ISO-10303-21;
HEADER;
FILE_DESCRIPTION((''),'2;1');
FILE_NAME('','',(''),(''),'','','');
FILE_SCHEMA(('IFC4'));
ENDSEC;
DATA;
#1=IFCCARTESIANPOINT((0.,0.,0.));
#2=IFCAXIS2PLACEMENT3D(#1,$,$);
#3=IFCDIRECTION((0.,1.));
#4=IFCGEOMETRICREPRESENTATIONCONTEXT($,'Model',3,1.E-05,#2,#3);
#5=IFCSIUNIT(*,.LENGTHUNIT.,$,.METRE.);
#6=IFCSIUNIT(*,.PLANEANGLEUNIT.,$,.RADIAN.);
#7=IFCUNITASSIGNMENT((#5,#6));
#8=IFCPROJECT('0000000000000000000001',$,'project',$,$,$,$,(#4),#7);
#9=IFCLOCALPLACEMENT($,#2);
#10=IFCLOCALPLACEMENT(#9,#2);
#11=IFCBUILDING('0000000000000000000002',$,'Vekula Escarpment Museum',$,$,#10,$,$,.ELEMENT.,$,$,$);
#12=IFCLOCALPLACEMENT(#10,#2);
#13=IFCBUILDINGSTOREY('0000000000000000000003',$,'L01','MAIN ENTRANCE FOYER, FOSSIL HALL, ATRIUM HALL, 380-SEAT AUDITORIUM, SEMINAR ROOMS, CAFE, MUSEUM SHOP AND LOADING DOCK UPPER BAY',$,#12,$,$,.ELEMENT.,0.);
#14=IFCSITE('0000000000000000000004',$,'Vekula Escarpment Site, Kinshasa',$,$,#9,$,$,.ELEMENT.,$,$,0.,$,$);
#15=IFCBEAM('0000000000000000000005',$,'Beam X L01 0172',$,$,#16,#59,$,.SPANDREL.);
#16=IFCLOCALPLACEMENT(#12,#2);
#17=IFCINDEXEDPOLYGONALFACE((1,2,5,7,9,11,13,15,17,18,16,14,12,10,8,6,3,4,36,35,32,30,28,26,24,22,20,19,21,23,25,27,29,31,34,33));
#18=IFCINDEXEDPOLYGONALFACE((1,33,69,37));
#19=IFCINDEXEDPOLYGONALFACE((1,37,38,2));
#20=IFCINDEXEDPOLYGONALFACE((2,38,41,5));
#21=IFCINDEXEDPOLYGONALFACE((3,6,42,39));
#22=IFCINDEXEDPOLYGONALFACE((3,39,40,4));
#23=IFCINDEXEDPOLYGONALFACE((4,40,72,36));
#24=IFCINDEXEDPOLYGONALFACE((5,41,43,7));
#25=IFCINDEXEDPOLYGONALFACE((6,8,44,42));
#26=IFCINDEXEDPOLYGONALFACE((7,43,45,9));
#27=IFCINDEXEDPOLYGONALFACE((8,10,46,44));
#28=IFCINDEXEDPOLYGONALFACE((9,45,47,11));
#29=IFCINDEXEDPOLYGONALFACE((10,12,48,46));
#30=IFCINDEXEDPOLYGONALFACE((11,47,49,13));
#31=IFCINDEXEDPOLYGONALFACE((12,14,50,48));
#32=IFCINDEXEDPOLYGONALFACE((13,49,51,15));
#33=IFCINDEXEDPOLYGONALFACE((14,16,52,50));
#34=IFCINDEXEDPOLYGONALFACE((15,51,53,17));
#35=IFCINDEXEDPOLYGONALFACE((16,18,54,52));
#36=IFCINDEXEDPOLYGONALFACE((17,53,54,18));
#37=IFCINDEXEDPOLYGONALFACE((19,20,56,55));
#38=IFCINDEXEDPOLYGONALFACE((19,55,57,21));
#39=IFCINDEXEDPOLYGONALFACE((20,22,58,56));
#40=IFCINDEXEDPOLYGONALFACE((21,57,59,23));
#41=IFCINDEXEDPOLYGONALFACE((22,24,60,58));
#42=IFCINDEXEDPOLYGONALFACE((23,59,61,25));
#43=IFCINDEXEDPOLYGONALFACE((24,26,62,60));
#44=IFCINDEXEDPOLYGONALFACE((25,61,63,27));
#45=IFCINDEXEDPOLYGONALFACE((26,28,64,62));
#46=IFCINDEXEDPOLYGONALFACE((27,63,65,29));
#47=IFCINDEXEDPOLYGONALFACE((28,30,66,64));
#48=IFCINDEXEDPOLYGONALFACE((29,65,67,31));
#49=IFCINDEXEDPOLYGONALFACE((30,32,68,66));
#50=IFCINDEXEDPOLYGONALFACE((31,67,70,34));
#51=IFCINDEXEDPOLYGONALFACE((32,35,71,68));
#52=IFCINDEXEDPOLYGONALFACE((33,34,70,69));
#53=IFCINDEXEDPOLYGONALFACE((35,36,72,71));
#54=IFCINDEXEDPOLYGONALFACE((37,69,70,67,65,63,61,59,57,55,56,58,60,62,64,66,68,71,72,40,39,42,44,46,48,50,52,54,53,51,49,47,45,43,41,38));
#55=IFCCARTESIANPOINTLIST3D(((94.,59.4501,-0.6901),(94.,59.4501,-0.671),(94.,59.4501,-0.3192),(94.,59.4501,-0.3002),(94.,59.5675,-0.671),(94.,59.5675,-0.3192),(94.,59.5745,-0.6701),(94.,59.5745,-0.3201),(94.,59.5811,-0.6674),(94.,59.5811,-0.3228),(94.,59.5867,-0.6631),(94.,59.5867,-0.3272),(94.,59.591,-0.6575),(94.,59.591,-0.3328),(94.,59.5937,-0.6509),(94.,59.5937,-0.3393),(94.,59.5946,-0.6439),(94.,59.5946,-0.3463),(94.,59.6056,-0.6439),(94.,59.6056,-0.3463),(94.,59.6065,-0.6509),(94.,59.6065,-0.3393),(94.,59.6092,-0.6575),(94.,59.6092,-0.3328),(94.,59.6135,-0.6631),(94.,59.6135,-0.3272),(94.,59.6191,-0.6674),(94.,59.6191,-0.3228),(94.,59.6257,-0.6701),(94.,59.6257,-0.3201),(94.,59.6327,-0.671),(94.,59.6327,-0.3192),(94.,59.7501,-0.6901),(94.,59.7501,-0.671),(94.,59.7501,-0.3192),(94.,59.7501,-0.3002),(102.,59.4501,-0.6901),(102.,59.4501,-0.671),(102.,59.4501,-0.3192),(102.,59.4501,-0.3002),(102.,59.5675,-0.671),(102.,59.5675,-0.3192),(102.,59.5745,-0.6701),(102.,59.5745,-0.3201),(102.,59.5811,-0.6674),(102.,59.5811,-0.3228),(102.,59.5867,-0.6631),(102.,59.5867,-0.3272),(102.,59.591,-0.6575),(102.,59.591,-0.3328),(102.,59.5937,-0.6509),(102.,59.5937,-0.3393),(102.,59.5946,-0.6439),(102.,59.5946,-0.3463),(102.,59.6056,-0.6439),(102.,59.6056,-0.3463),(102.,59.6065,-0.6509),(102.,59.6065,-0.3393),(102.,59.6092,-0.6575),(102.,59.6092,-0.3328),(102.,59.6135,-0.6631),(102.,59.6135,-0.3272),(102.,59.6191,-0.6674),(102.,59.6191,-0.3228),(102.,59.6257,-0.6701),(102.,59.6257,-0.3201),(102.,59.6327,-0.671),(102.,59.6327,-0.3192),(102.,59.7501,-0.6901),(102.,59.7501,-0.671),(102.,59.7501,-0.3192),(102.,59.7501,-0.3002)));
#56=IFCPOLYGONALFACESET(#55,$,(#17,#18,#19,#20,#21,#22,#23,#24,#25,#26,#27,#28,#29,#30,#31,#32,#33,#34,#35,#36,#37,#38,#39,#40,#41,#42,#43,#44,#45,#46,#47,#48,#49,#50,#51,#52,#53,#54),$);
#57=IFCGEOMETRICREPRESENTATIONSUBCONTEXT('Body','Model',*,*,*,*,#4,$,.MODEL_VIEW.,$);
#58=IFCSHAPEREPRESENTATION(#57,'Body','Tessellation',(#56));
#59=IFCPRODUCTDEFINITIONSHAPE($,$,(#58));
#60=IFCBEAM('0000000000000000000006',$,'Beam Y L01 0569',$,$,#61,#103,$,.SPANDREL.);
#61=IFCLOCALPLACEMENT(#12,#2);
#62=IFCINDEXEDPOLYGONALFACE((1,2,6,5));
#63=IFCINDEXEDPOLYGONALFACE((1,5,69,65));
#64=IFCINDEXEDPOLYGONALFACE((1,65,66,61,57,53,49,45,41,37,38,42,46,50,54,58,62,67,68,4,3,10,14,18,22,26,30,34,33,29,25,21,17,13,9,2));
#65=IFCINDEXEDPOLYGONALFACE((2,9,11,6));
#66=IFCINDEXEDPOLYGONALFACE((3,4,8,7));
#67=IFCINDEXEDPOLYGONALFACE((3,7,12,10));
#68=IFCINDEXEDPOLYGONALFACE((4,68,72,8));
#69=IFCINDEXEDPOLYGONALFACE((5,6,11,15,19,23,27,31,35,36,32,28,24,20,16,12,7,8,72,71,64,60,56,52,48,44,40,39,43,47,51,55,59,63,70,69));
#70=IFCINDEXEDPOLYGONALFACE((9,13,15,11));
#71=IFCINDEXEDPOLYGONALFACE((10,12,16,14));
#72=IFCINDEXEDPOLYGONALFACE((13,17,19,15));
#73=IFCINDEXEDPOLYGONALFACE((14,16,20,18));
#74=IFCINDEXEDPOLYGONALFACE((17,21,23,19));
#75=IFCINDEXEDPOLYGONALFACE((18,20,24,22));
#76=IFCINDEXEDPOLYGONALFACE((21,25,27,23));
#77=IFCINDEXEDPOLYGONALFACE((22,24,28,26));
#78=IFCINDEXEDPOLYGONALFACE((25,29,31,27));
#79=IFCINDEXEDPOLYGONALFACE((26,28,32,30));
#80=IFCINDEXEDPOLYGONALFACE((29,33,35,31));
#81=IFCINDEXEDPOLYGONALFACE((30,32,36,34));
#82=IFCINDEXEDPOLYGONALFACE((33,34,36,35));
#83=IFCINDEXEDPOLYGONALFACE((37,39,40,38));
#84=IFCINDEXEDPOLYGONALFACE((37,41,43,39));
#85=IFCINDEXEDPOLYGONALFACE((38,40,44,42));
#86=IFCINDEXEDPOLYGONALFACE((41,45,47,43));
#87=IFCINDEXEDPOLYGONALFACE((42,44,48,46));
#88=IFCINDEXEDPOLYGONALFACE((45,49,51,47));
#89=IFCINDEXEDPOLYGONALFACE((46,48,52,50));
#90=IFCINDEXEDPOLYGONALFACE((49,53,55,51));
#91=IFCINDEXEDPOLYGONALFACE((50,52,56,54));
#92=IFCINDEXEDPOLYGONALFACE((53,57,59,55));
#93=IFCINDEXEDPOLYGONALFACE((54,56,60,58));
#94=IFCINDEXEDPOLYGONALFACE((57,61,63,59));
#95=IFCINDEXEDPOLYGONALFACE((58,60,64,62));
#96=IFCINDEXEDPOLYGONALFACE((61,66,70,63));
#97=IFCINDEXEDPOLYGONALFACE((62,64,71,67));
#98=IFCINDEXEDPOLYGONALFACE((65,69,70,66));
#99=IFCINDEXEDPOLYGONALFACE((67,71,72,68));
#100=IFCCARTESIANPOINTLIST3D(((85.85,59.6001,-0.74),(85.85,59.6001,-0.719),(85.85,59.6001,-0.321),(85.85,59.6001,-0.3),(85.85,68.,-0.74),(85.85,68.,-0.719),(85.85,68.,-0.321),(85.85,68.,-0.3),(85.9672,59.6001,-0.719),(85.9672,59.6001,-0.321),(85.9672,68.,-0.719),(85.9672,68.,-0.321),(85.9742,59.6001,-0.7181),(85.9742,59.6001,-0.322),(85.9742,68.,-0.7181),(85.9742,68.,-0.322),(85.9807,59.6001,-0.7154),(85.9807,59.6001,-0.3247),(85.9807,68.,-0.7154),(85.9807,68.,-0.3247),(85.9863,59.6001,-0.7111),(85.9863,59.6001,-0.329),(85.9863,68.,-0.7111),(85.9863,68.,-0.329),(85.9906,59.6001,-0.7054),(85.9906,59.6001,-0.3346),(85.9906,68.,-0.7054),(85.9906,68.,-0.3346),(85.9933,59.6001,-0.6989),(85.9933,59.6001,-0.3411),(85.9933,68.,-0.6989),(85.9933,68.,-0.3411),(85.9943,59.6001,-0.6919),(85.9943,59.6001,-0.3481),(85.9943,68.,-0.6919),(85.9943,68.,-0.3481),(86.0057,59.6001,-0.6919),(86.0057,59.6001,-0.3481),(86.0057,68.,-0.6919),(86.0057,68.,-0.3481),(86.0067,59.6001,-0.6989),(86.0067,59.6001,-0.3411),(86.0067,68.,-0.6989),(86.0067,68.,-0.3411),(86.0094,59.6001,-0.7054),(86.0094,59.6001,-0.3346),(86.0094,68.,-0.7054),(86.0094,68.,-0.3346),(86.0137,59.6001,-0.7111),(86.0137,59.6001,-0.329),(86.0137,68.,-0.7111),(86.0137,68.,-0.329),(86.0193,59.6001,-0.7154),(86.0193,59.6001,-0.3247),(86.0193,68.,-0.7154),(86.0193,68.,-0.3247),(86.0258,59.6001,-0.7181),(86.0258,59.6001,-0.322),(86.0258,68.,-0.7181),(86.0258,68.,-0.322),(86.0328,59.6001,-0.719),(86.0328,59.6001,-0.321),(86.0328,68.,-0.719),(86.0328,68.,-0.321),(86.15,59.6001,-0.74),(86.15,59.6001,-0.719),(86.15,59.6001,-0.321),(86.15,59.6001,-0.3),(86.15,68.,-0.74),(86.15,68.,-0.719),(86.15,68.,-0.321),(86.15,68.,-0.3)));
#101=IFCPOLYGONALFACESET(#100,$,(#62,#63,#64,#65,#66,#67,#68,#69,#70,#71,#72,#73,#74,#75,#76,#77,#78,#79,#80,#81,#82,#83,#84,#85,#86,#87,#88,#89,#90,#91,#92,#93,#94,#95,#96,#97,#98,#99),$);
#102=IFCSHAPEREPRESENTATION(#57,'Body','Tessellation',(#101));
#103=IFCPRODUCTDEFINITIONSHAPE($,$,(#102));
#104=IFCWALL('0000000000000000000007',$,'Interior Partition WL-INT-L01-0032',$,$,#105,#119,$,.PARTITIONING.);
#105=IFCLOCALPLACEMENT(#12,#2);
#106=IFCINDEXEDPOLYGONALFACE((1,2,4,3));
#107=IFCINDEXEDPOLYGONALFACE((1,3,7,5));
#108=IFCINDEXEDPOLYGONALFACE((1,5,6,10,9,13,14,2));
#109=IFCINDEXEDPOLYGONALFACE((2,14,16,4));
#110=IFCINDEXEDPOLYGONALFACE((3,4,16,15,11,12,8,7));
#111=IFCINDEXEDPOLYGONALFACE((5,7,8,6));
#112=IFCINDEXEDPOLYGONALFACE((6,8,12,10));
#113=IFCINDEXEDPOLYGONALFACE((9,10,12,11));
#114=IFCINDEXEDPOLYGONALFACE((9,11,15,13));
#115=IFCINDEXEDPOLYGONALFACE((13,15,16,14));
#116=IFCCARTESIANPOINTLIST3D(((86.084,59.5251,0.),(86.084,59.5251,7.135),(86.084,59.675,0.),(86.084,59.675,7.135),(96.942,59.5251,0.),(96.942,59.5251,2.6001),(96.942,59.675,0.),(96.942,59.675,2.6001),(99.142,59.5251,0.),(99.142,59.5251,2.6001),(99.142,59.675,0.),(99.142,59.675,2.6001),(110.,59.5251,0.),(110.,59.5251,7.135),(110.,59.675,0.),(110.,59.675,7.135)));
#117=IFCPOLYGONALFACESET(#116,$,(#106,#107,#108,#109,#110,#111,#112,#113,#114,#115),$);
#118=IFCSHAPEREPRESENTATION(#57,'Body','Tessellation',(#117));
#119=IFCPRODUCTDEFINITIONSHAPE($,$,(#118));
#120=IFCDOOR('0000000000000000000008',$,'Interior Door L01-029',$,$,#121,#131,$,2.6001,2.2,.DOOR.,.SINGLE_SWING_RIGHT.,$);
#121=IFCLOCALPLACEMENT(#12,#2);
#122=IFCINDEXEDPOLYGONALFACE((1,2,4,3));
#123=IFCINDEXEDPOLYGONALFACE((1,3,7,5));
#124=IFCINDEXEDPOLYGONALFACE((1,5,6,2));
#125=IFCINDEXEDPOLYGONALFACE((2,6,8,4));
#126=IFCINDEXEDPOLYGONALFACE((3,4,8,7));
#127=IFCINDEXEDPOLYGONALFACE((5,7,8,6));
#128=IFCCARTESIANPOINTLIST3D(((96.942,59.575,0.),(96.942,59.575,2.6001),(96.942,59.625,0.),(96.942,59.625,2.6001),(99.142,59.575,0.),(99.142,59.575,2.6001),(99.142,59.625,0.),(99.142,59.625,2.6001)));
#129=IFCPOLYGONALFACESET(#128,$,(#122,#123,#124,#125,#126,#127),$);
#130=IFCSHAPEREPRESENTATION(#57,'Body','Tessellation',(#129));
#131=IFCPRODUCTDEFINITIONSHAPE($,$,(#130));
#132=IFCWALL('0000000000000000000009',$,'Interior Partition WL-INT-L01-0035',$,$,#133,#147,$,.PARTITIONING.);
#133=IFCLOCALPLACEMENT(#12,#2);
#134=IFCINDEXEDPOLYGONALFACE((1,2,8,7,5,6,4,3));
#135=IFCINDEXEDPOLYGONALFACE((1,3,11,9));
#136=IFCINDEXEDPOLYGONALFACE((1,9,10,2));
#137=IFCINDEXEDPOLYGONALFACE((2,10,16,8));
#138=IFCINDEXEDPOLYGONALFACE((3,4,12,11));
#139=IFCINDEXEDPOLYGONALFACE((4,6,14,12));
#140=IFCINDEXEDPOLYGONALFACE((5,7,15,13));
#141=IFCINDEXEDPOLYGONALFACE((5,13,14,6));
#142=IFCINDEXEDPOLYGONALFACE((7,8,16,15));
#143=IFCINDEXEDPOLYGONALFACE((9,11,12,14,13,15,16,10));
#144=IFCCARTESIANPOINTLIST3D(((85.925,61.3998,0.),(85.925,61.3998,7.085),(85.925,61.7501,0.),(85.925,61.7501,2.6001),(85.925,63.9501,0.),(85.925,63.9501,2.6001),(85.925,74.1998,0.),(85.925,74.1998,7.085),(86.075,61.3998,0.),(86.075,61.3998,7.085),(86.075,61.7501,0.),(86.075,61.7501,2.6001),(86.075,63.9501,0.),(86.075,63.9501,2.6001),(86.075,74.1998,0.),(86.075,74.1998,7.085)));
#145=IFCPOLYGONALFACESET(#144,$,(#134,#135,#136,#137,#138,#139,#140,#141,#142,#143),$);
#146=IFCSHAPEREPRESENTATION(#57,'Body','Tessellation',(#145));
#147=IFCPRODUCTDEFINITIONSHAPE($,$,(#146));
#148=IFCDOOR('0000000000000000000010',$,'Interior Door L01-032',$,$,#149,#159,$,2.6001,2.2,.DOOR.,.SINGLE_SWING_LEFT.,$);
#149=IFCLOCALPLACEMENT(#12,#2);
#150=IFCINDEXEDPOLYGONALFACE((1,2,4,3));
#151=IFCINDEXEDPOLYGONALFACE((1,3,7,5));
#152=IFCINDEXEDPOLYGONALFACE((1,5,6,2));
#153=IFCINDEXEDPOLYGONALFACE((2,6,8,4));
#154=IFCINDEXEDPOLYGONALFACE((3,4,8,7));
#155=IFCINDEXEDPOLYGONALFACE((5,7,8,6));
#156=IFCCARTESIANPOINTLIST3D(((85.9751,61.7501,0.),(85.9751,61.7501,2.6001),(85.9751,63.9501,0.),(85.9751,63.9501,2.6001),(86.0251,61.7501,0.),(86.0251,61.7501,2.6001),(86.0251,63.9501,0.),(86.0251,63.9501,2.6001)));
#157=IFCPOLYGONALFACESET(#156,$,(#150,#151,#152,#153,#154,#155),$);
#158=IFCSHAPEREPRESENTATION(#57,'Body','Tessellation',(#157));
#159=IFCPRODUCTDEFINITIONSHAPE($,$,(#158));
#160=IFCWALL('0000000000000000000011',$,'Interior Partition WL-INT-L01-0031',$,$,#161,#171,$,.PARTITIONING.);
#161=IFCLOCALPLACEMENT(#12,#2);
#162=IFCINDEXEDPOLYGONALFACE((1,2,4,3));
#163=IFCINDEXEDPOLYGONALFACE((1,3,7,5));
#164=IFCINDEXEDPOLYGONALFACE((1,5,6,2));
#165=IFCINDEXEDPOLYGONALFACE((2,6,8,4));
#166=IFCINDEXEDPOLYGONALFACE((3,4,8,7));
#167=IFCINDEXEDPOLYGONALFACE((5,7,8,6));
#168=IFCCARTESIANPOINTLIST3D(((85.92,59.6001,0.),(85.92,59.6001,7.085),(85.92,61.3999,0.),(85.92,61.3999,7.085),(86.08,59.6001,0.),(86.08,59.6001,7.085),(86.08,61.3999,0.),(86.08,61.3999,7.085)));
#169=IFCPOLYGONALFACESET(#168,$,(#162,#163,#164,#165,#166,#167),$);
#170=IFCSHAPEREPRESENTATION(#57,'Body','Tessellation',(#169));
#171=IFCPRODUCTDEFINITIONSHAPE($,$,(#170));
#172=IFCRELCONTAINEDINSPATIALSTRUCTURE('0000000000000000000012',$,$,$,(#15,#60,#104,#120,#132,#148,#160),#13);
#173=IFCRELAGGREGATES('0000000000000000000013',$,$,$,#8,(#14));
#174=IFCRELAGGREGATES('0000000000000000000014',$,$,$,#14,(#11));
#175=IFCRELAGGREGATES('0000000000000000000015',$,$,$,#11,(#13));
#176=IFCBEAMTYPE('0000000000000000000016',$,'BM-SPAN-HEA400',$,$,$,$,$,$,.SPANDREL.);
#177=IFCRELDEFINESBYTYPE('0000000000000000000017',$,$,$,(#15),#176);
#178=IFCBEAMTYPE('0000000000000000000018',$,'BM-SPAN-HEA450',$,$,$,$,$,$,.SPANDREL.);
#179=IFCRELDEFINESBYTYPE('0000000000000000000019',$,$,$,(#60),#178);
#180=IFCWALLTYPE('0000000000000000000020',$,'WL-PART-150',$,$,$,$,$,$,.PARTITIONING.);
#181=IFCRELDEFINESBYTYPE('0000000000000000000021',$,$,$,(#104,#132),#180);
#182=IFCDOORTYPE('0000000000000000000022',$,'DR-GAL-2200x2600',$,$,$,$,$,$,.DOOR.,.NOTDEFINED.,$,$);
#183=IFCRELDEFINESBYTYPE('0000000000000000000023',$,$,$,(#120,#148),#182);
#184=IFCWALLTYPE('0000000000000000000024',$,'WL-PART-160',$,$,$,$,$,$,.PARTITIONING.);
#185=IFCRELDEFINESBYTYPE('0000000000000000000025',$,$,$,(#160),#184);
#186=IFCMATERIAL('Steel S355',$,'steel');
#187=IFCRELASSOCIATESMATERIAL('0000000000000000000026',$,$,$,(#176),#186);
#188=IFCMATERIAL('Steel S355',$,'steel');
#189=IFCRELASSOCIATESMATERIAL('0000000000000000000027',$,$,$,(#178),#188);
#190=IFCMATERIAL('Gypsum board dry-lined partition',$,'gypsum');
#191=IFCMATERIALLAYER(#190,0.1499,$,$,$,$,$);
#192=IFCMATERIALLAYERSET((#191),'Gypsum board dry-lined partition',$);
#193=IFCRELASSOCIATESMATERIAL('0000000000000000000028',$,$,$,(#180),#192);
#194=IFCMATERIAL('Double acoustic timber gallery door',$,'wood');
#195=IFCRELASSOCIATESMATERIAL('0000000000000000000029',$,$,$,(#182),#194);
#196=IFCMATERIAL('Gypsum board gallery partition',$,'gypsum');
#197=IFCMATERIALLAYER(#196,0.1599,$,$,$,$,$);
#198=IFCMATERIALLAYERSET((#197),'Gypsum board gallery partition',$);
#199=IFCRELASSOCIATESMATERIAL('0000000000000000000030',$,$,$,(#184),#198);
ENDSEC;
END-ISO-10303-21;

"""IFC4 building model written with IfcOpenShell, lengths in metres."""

from ifc_helpers import new_model, si_unit, direction, frame, frame_2d, origin, origin_2d, place, context, subcontext, project, spatial, rectangle, i_section, extrude, material, layer, layer_set, material_profile, profile_set, type_object, element, fill, save


model = new_model("IFC4")

# Units and contexts
model_context = context("Model", 3, precision=1e-05, world=origin(), true_north=direction((0.0, 1.0)))
body_context = subcontext(model_context, "Body", "Model", "MODEL_VIEW")
ifc_project = project(units=[si_unit("LENGTHUNIT", "METRE"), si_unit("PLANEANGLEUNIT", "RADIAN")], contexts=[model_context])

# Site, building, storey
site_placement = place(None, origin())
site = spatial("IfcSite", under=ifc_project, at=site_placement, Name="Vekula Escarpment Site, Kinshasa", CompositionType="ELEMENT", RefElevation=0.0)
building_placement = place(site_placement, origin())
building = spatial("IfcBuilding", under=site, at=building_placement, Name="Vekula Escarpment Museum", CompositionType="ELEMENT")
storey_placement = place(building_placement, origin())
storey = spatial("IfcBuildingStorey", under=building, at=storey_placement, Name="L01", Description="MAIN ENTRANCE FOYER, FOSSIL HALL, ATRIUM HALL, 380-SEAT AUDITORIUM, SEMINAR ROOMS, CAFE, MUSEUM SHOP AND LOADING DOCK UPPER BAY", CompositionType="ELEMENT", Elevation=0.0)

# Beams
ifc_material_1 = material(Name="Steel S355", Category="steel")
ifc_material_profile_1 = material_profile(ifc_material_1, i_section(OverallWidth=0.3, OverallDepth=0.3899, WebThickness=0.011, FlangeThickness=0.019, FilletRadius=0.0271, at=origin_2d()), Name="HEA 400")
ifc_profile_set_1 = profile_set([ifc_material_profile_1], Name="Steel S355")
beam_type_1 = type_object("IfcBeamType", Name="BM-SPAN-HEA400", PredefinedType="SPANDREL", material=ifc_profile_set_1)
for number, where, z_axis, x_axis, name in (
    (1, (94.0, 59.6001, -0.4951), (1.0, 0.0, 0.0), (0.0, 1.0, 0.0), "Beam X L01 0172"),
):
    element("IfcBeam", number, at=place(storey_placement, frame(where, z_axis=z_axis, x_axis=x_axis)), inside=storey, type_object=beam_type_1, Name=name, PredefinedType="SPANDREL", context=body_context, shape_type="SweptSolid", body=[
        extrude(i_section(OverallWidth=0.3, OverallDepth=0.3899, WebThickness=0.011, FlangeThickness=0.019, FilletRadius=0.0271, at=origin_2d()), origin(), (0.0, 0.0, 1.0), 8.0),
    ])
ifc_material_2 = material(Name="Steel S355", Category="steel")
ifc_material_profile_2 = material_profile(ifc_material_2, i_section(OverallWidth=0.3, OverallDepth=0.4399, WebThickness=0.0115, FlangeThickness=0.021, FilletRadius=0.0271, at=origin_2d()), Name="HEA 450")
ifc_profile_set_2 = profile_set([ifc_material_profile_2], Name="Steel S355")
beam_type_2 = type_object("IfcBeamType", Name="BM-SPAN-HEA450", PredefinedType="SPANDREL", material=ifc_profile_set_2)
beam_placement = place(storey_placement, frame((86.0, 59.6001, -0.52), z_axis=(0.0, 1.0, 0.0), x_axis=(-1.0, 0.0, 0.0)))
element("IfcBeam", 2, at=beam_placement, inside=storey, type_object=beam_type_2, Name="Beam Y L01 0569", PredefinedType="SPANDREL", context=body_context, shape_type="SweptSolid", body=[
    extrude(i_section(OverallWidth=0.3, OverallDepth=0.4399, WebThickness=0.0115, FlangeThickness=0.021, FilletRadius=0.0271, at=origin_2d()), origin(), (0.0, 0.0, 1.0), 8.3999),
])

# Walls, openings, doors
ifc_material_3 = material(Name="Gypsum board dry-lined partition", Category="gypsum")
ifc_layer_1 = layer(ifc_material_3, 0.1499)
ifc_layer_set_1 = layer_set([ifc_layer_1], Name="Gypsum board dry-lined partition")
wall_type_1 = type_object("IfcWallType", Name="WL-PART-150", PredefinedType="PARTITIONING", material=ifc_layer_set_1)
wall_1_placement = place(storey_placement, frame((86.084, 59.6001, 0.0), z_axis=(0.0, 0.0, 1.0), x_axis=(1.0, 0.0, 0.0)))
wall_1 = element("IfcWall", 3, at=wall_1_placement, inside=storey, type_object=wall_type_1, Name="Interior Partition WL-INT-L01-0032", PredefinedType="PARTITIONING", context=body_context, shape_type="SweptSolid", body=[
    extrude(rectangle(XDim=23.916, YDim=0.1499, at=frame_2d((11.958, 0.0))), origin(), (0.0, 0.0, 1.0), 7.135),
])
opening_1_placement = place(wall_1_placement, frame((10.8579, 0.0, 0.0)))
opening_1 = element("IfcOpeningElement", 4, at=opening_1_placement, cuts=wall_1, PredefinedType="OPENING", context=body_context, shape_type="SweptSolid", body=[
    extrude(rectangle(XDim=2.2, YDim=2.6001, at=frame_2d((1.1001, 1.3))), frame((0.0, 0.085, 0.0), z_axis=(0.0, -1.0, 0.0), x_axis=(1.0, 0.0, 0.0)), (0.0, 0.0, 1.0), 0.1699),
])
ifc_material_4 = material(Name="Double acoustic timber gallery door", Category="wood")
door_type = type_object("IfcDoorType", Name="DR-GAL-2200x2600", OperationType="NOTDEFINED", PredefinedType="DOOR", material=ifc_material_4)
door_1_placement = place(opening_1_placement, origin())
door_1 = element("IfcDoor", 5, at=door_1_placement, inside=storey, type_object=door_type, Name="Interior Door L01-029", OperationType="SINGLE_SWING_RIGHT", OverallHeight=2.6001, OverallWidth=2.2, PredefinedType="DOOR", context=body_context, shape_type="SweptSolid", body=[
    extrude(rectangle(XDim=2.2, YDim=2.6001, at=frame_2d((1.1001, 1.3))), frame((0.0, 0.0249, 0.0), z_axis=(0.0, -1.0, 0.0), x_axis=(1.0, 0.0, 0.0)), (0.0, 0.0, 1.0), 0.05),
])
fill(opening_1, door_1)
wall_2_placement = place(storey_placement, frame((86.0, 61.3999, 0.0), z_axis=(0.0, 0.0, 1.0), x_axis=(0.0, 1.0, 0.0)))
wall_2 = element("IfcWall", 6, at=wall_2_placement, inside=storey, type_object=wall_type_1, Name="Interior Partition WL-INT-L01-0035", PredefinedType="PARTITIONING", context=body_context, shape_type="SweptSolid", body=[
    extrude(rectangle(XDim=12.8, YDim=0.1499, at=frame_2d((6.3999, 0.0))), origin(), (0.0, 0.0, 1.0), 7.085),
])
opening_2_placement = place(wall_2_placement, frame((0.3501, 0.0, 0.0)))
opening_2 = element("IfcOpeningElement", 7, at=opening_2_placement, cuts=wall_2, PredefinedType="OPENING", context=body_context, shape_type="SweptSolid", body=[
    extrude(rectangle(XDim=2.2, YDim=2.6001, at=frame_2d((1.1001, 1.3))), frame((0.0, 0.085, 0.0), z_axis=(0.0, -1.0, 0.0), x_axis=(1.0, 0.0, 0.0)), (0.0, 0.0, 1.0), 0.1699),
])
door_2_placement = place(opening_2_placement, origin())
door_2 = element("IfcDoor", 8, at=door_2_placement, inside=storey, type_object=door_type, Name="Interior Door L01-032", OperationType="SINGLE_SWING_LEFT", OverallHeight=2.6001, OverallWidth=2.2, PredefinedType="DOOR", context=body_context, shape_type="SweptSolid", body=[
    extrude(rectangle(XDim=2.2, YDim=2.6001, at=frame_2d((1.1001, 1.3))), frame((0.0, 0.0249, 0.0), z_axis=(0.0, -1.0, 0.0), x_axis=(1.0, 0.0, 0.0)), (0.0, 0.0, 1.0), 0.05),
])
fill(opening_2, door_2)

# Wall
ifc_material_5 = material(Name="Gypsum board gallery partition", Category="gypsum")
ifc_layer_2 = layer(ifc_material_5, 0.1599)
ifc_layer_set_2 = layer_set([ifc_layer_2], Name="Gypsum board gallery partition")
wall_type_2 = type_object("IfcWallType", Name="WL-PART-160", PredefinedType="PARTITIONING", material=ifc_layer_set_2)
wall_3_placement = place(storey_placement, frame((86.0, 59.6001, 0.0), z_axis=(0.0, 0.0, 1.0), x_axis=(0.0, 1.0, 0.0)))
element("IfcWall", 9, at=wall_3_placement, inside=storey, type_object=wall_type_2, Name="Interior Partition WL-INT-L01-0031", PredefinedType="PARTITIONING", context=body_context, shape_type="SweptSolid", body=[
    extrude(rectangle(XDim=1.7998, YDim=0.1599, at=frame_2d((0.8999, 0.0))), origin(), (0.0, 0.0, 1.0), 7.085),
])

save(model, "model.ifc")
